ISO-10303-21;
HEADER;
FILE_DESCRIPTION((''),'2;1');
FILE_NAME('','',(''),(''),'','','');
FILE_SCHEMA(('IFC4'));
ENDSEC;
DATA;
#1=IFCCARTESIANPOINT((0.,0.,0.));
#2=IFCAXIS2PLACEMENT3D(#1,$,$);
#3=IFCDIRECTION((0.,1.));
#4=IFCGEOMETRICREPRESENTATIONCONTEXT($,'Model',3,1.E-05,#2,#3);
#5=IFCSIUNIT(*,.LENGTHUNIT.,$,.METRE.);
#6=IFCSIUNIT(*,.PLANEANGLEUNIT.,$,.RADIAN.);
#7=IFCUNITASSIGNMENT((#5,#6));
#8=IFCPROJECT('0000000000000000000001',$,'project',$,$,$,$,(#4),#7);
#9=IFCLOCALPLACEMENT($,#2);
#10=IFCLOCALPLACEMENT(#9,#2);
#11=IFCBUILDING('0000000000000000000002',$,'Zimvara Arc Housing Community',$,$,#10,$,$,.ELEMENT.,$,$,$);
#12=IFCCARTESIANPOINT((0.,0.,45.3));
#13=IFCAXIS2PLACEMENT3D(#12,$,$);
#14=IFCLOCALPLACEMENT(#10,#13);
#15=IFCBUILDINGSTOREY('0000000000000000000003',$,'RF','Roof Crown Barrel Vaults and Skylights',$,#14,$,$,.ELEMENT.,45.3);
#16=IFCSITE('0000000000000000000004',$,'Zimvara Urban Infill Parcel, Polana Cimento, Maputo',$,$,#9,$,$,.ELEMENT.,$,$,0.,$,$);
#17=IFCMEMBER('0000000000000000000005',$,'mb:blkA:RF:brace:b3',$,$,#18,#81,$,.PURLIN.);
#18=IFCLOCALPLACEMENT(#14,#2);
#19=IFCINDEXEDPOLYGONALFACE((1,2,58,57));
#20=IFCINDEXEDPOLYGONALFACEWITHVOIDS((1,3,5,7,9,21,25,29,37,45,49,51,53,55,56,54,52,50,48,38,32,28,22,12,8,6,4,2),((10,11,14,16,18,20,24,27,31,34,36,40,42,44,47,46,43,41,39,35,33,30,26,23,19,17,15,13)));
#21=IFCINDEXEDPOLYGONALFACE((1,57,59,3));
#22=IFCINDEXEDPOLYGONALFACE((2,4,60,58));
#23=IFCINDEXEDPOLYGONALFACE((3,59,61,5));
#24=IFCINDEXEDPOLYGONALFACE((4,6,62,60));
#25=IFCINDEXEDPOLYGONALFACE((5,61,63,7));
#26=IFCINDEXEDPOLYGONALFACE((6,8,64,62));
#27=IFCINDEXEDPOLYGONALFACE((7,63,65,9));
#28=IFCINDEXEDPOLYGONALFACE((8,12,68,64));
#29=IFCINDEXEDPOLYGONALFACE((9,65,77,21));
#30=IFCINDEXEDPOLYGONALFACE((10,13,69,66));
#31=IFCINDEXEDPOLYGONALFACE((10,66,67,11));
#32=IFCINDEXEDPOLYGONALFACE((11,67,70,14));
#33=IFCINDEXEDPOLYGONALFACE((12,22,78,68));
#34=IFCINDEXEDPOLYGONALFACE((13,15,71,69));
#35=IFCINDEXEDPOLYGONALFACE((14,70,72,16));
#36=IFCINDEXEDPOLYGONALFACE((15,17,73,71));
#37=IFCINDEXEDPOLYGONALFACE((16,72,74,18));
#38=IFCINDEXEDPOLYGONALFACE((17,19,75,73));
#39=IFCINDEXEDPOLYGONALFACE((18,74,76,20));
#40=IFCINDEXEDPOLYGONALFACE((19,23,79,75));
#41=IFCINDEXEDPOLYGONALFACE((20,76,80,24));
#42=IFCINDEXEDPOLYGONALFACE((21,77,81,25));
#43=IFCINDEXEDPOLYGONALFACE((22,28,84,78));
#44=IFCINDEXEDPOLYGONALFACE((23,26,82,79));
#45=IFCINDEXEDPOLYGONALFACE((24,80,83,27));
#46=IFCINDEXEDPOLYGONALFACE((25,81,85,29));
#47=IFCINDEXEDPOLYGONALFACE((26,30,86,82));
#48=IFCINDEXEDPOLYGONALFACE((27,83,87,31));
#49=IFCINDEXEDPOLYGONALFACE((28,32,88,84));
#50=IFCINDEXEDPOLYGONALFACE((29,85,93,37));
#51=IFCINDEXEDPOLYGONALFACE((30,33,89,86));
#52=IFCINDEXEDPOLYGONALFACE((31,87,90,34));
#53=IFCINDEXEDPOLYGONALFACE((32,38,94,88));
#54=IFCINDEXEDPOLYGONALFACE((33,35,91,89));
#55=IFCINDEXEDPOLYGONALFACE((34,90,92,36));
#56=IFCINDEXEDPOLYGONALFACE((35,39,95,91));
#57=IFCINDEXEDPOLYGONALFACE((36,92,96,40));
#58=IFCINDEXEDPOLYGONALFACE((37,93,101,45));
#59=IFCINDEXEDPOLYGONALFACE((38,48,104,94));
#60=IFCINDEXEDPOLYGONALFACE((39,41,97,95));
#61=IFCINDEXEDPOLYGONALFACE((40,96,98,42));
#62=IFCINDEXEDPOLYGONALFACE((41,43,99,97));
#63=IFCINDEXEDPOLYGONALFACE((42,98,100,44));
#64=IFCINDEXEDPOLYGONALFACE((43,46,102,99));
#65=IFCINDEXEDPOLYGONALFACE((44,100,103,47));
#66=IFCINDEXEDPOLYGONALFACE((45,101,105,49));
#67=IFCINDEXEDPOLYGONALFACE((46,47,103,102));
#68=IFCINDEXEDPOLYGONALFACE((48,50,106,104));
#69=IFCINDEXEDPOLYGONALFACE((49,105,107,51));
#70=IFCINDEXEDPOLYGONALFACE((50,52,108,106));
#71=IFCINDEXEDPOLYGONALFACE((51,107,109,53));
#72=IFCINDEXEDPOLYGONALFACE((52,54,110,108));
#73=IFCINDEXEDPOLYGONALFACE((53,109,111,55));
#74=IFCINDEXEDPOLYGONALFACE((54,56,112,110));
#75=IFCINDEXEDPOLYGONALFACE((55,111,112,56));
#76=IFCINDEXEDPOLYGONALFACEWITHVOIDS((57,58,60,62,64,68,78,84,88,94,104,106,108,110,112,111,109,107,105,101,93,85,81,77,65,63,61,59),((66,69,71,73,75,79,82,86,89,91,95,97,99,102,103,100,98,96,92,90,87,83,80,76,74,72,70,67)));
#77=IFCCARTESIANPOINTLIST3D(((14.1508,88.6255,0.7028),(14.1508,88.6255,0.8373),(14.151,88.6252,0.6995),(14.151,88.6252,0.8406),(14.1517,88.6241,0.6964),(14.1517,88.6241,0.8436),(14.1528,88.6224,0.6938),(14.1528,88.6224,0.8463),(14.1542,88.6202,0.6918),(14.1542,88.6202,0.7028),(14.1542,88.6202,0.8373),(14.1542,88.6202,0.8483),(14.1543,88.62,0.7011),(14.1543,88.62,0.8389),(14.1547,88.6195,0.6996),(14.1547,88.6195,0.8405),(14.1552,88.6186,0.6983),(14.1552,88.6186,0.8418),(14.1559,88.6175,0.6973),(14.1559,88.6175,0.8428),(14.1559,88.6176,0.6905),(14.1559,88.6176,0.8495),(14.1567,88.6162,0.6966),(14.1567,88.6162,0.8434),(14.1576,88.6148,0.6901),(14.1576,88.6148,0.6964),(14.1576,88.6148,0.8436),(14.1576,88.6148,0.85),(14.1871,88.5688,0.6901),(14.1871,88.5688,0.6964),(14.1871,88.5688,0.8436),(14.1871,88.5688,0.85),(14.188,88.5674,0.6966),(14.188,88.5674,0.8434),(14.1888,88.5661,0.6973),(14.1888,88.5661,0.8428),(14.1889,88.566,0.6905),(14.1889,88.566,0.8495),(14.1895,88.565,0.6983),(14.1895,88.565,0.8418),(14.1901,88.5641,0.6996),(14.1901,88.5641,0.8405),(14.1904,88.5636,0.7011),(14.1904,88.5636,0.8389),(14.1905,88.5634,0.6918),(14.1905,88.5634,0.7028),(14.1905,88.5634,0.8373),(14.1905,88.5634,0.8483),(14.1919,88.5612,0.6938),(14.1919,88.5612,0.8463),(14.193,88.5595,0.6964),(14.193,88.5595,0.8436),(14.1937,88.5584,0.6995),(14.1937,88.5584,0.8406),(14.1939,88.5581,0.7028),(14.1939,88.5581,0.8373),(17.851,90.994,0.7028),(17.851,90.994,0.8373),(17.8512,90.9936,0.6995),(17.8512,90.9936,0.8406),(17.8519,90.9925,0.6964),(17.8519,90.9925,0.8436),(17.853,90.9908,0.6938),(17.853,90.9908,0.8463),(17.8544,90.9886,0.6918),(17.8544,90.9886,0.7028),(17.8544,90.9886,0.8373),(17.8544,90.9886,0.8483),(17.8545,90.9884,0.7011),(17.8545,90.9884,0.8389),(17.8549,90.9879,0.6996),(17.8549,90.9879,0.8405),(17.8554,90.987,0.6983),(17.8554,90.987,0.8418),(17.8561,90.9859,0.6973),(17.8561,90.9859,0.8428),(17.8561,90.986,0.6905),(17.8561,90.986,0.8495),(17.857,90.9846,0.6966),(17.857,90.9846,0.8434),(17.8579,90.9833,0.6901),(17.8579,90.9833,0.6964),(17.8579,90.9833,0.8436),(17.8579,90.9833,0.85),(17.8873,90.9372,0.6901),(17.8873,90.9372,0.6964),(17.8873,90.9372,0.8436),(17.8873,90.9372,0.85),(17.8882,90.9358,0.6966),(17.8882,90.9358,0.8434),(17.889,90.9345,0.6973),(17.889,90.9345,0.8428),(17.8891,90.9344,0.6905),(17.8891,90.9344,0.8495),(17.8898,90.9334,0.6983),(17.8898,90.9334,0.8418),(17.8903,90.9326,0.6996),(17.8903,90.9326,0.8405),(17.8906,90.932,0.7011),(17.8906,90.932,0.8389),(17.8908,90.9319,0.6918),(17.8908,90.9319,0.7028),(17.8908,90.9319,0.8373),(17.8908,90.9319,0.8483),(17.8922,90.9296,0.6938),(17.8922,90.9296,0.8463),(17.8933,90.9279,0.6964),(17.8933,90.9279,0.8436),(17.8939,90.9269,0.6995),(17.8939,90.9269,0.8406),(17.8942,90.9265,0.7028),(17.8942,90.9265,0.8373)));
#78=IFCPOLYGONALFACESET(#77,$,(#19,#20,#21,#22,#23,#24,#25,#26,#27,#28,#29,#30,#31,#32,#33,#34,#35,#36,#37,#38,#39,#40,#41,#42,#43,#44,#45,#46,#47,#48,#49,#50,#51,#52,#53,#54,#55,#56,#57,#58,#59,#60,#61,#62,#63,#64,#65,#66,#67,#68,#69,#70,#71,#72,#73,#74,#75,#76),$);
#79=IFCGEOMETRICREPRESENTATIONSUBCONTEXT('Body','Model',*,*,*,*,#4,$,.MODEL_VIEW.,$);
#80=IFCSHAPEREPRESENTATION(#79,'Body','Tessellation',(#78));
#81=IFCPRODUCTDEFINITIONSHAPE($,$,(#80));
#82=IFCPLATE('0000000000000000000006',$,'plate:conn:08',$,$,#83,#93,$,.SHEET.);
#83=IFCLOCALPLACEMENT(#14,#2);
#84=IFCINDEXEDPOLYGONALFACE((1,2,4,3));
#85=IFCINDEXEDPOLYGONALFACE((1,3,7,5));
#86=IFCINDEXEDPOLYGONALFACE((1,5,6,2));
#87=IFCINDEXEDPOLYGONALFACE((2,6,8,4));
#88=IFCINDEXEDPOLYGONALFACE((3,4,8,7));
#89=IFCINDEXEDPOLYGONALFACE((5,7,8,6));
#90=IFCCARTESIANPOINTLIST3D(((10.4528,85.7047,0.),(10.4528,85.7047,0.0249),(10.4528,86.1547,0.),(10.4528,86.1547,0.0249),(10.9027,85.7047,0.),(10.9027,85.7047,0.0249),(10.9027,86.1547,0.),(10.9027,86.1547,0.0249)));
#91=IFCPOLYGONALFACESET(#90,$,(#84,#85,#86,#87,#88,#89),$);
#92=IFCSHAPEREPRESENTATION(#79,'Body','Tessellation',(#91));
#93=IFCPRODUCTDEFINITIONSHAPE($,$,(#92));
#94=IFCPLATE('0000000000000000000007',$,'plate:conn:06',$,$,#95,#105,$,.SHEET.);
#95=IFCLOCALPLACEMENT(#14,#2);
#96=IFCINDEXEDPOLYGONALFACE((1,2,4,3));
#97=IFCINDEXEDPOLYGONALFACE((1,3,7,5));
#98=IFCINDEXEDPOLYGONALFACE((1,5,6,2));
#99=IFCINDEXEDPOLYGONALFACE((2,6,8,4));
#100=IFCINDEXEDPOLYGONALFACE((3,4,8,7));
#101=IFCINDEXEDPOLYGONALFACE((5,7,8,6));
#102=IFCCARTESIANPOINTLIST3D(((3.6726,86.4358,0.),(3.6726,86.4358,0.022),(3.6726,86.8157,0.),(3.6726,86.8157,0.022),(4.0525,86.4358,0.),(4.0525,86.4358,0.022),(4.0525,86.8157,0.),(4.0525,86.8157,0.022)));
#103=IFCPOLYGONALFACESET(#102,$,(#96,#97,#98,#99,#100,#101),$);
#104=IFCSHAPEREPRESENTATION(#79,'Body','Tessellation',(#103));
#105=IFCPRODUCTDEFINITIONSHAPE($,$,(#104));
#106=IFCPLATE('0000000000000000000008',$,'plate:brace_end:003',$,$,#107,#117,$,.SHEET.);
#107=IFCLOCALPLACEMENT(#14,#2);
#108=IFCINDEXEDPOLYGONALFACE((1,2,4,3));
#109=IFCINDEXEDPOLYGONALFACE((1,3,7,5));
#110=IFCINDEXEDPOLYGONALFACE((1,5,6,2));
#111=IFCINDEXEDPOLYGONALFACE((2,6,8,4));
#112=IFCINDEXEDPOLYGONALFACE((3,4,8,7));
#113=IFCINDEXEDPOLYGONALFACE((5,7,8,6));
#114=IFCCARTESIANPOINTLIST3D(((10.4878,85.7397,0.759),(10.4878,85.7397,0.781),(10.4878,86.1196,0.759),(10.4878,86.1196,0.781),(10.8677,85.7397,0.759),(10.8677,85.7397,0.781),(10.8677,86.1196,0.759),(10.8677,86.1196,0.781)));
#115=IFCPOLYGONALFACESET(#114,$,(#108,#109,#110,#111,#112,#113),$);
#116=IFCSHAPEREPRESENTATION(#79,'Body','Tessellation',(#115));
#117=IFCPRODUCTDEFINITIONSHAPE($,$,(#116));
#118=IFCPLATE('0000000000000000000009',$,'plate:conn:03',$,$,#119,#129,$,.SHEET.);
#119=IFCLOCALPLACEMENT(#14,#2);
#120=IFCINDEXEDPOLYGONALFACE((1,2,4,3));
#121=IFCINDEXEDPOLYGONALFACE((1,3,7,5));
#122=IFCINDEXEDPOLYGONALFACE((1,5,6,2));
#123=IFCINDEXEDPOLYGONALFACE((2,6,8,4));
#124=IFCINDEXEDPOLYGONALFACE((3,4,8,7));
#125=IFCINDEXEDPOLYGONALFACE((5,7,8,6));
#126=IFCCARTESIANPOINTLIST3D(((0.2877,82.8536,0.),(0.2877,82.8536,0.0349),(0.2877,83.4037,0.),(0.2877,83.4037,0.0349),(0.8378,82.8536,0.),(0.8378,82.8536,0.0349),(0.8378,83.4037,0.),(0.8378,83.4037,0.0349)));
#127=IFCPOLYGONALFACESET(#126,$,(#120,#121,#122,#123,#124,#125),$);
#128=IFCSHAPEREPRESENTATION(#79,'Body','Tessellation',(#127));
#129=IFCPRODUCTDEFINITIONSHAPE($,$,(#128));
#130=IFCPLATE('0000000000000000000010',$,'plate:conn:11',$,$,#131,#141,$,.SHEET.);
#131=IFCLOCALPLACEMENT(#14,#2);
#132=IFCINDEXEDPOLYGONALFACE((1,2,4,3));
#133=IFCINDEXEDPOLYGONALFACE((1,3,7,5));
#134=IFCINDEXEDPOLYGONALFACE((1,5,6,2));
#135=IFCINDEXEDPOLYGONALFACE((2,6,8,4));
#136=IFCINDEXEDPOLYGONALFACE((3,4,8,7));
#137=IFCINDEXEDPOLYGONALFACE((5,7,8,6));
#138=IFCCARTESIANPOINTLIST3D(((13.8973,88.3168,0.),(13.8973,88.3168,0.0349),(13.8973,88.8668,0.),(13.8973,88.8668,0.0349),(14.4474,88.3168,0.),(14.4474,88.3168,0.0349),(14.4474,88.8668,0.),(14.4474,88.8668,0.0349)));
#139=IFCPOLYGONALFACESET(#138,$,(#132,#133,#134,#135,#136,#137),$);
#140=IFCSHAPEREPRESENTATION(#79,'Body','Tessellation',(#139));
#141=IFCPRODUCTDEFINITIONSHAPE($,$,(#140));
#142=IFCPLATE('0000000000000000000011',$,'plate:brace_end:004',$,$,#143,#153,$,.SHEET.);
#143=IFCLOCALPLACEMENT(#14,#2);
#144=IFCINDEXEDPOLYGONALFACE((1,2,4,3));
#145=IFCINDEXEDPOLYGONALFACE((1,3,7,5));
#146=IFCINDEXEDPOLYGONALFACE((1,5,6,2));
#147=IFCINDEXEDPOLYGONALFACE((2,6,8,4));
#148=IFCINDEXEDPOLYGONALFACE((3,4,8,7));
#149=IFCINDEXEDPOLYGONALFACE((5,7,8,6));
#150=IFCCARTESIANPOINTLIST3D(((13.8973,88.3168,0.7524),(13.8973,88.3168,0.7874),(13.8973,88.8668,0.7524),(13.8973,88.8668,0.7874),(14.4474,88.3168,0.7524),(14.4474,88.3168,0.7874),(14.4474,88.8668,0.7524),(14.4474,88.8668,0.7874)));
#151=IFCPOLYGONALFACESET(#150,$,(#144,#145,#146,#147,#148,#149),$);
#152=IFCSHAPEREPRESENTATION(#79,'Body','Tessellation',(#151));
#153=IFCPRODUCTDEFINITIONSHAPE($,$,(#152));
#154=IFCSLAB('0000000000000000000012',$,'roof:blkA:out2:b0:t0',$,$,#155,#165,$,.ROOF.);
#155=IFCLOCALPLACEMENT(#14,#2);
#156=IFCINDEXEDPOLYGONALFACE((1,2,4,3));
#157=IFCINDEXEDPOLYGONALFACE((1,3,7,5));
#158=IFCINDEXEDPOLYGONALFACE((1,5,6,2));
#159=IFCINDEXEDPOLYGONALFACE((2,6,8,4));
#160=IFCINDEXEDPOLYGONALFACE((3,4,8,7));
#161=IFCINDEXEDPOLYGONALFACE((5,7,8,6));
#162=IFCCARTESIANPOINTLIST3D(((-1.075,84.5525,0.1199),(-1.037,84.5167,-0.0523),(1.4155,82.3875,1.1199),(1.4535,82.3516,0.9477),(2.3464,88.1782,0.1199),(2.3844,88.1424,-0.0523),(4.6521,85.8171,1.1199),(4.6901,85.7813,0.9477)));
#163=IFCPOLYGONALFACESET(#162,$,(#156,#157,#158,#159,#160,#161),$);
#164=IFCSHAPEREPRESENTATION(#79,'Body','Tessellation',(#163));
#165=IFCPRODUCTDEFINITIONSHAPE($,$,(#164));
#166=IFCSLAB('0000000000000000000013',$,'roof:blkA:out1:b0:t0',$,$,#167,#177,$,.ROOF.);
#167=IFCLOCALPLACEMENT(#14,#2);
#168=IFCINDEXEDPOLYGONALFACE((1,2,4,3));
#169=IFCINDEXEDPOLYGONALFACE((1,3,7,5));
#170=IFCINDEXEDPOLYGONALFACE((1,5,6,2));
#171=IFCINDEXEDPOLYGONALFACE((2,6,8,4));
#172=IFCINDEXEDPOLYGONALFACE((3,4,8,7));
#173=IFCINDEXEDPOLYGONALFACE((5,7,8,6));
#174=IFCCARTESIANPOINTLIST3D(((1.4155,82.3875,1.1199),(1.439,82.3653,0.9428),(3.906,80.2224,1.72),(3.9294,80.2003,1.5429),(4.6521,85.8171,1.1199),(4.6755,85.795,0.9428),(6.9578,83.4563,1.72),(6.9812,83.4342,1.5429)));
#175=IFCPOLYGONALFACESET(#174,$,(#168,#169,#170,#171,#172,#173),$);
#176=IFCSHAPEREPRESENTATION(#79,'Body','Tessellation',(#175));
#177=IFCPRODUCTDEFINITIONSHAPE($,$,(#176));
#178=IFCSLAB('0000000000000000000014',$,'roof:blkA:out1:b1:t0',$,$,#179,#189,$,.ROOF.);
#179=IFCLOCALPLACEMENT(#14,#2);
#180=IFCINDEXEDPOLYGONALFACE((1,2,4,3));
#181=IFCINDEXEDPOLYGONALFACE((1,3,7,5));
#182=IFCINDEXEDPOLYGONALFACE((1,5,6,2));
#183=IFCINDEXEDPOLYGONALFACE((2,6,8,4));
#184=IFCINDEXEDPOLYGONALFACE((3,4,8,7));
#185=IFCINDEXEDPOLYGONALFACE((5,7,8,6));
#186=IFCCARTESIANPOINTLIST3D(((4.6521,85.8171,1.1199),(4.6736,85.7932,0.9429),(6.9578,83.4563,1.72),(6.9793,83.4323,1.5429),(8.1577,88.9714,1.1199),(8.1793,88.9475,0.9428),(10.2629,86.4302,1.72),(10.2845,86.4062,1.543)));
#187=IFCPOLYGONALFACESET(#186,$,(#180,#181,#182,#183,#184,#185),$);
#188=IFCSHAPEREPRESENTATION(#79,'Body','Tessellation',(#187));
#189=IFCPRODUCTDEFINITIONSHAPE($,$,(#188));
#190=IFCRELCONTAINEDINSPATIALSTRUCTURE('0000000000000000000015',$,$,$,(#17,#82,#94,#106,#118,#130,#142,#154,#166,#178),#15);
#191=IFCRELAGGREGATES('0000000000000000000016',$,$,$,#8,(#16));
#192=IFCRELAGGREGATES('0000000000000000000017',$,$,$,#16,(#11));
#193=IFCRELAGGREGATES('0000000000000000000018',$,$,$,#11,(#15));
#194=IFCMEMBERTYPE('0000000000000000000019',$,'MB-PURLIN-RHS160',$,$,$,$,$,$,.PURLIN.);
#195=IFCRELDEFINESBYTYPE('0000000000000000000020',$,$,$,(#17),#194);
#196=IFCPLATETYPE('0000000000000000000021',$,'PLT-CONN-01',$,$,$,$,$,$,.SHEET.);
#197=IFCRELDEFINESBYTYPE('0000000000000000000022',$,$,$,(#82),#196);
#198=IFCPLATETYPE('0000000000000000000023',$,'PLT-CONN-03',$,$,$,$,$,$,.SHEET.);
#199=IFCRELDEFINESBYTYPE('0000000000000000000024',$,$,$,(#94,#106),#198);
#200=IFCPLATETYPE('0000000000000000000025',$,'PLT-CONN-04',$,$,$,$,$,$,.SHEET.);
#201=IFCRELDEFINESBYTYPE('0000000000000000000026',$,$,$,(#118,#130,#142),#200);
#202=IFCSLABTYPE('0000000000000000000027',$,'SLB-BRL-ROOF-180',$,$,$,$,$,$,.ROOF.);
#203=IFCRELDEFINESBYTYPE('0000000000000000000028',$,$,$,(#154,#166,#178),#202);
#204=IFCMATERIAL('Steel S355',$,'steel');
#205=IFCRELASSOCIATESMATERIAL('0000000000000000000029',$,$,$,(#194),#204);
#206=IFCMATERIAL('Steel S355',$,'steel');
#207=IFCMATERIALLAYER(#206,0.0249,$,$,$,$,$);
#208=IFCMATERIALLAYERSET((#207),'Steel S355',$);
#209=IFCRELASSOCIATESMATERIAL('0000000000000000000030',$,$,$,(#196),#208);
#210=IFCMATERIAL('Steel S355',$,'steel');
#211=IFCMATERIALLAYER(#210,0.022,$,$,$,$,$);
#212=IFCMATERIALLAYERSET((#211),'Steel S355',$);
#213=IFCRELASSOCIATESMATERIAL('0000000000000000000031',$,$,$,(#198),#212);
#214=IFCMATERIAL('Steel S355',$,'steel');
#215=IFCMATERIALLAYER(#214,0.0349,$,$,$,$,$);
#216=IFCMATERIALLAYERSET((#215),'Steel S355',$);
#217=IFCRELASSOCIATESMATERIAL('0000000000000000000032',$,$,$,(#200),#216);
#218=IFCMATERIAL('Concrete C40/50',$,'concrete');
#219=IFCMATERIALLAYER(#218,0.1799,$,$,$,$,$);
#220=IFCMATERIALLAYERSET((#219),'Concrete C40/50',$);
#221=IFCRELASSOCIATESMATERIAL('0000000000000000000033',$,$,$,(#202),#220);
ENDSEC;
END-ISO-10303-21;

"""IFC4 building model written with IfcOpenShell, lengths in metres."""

from ifc_helpers import new_model, si_unit, direction, frame, origin, origin_2d, place, context, subcontext, project, spatial, polyline, rectangle, hollow_rectangle, outline, extrude, material, layer, layer_set, material_profile, profile_set, type_object, element, save


model = new_model("IFC4")

# Units and contexts
model_context = context("Model", 3, precision=1e-05, world=origin(), true_north=direction((0.0, 1.0)))
body_context = subcontext(model_context, "Body", "Model", "MODEL_VIEW")
ifc_project = project(units=[si_unit("LENGTHUNIT", "METRE"), si_unit("PLANEANGLEUNIT", "RADIAN")], contexts=[model_context])

# Site, building, storey
site_placement = place(None, origin())
site = spatial("IfcSite", under=ifc_project, at=site_placement, Name="Zimvara Urban Infill Parcel, Polana Cimento, Maputo", CompositionType="ELEMENT", RefElevation=0.0)
building_placement = place(site_placement, origin())
building = spatial("IfcBuilding", under=site, at=building_placement, Name="Zimvara Arc Housing Community", CompositionType="ELEMENT")
storey_placement = place(building_placement, frame((0.0, 0.0, 45.3)))
storey = spatial("IfcBuildingStorey", under=building, at=storey_placement, Name="RF", Description="Roof Crown Barrel Vaults and Skylights", CompositionType="ELEMENT", Elevation=45.3)

# Member
ifc_material_1 = material(Name="Steel S355", Category="steel")
ifc_material_profile_1 = material_profile(ifc_material_1, hollow_rectangle(XDim=0.0801, YDim=0.1599, WallThickness=0.0063, InnerFilletRadius=0.0063, OuterFilletRadius=0.0127, at=origin_2d()), Name="RHS 160x80x6.3")
ifc_profile_set_1 = profile_set([ifc_material_profile_1], Name="Steel S355")
member_type_1 = type_object("IfcMemberType", Name="MB-PURLIN-RHS160", PredefinedType="PURLIN", material=ifc_profile_set_1)
member_1_placement = place(storey_placement, frame((14.1724, 88.5918, 0.77), z_axis=(0.842242, 0.539099, 0.0), x_axis=(-0.539099, 0.842242, 0.0)))
element("IfcMember", 1, at=member_1_placement, inside=storey, type_object=member_type_1, Name="mb:blkA:RF:brace:b3", PredefinedType="PURLIN", context=body_context, shape_type="SweptSolid", body=[
    extrude(hollow_rectangle(XDim=0.0801, YDim=0.1599, WallThickness=0.0063, InnerFilletRadius=0.0063, OuterFilletRadius=0.0127, at=origin_2d()), origin(), (0.0, 0.0, 1.0), 4.3933),
])

# Plates
ifc_material_2 = material(Name="Steel S355", Category="steel")
ifc_layer_1 = layer(ifc_material_2, 0.0249)
ifc_layer_set_1 = layer_set([ifc_layer_1], Name="Steel S355")
plate_type_1 = type_object("IfcPlateType", Name="PLT-CONN-01", PredefinedType="SHEET", material=ifc_layer_set_1)
plate_placement = place(storey_placement, frame((10.6777, 85.9297, 0.0), z_axis=(0.0, 0.0, 1.0), x_axis=(1.0, 0.0, 0.0)))
element("IfcPlate", 2, at=plate_placement, inside=storey, type_object=plate_type_1, Name="plate:conn:08", PredefinedType="SHEET", context=body_context, shape_type="SweptSolid", body=[
    extrude(rectangle(XDim=0.45, YDim=0.45, at=origin_2d()), origin(), (0.0, 0.0, 1.0), 0.0249),
])
ifc_material_3 = material(Name="Steel S355", Category="steel")
ifc_layer_2 = layer(ifc_material_3, 0.022)
ifc_layer_set_2 = layer_set([ifc_layer_2], Name="Steel S355")
plate_type_2 = type_object("IfcPlateType", Name="PLT-CONN-03", PredefinedType="SHEET", material=ifc_layer_set_2)
for number, where, z_axis, x_axis, name in (
    (3, (3.8625, 86.6257, 0.0), (0.0, 0.0, 1.0), (1.0, 0.0, 0.0), "plate:conn:06"),
    (4, (10.6777, 85.9297, 0.759), (0.0, 0.0, 1.0), (1.0, 0.0, 0.0), "plate:brace_end:003"),
):
    element("IfcPlate", number, at=place(storey_placement, frame(where, z_axis=z_axis, x_axis=x_axis)), inside=storey, type_object=plate_type_2, Name=name, PredefinedType="SHEET", context=body_context, shape_type="SweptSolid", body=[
        extrude(rectangle(XDim=0.3799, YDim=0.3799, at=origin_2d()), origin(), (0.0, 0.0, 1.0), 0.022),
    ])
ifc_material_4 = material(Name="Steel S355", Category="steel")
ifc_layer_3 = layer(ifc_material_4, 0.0349)
ifc_layer_set_3 = layer_set([ifc_layer_3], Name="Steel S355")
plate_type_3 = type_object("IfcPlateType", Name="PLT-CONN-04", PredefinedType="SHEET", material=ifc_layer_set_3)
for number, where, z_axis, x_axis, name in (
    (5, (0.5627, 83.1287, 0.0), (0.0, 0.0, 1.0), (1.0, 0.0, 0.0), "plate:conn:03"),
    (6, (14.1724, 88.5918, 0.0), (0.0, 0.0, 1.0), (1.0, 0.0, 0.0), "plate:conn:11"),
    (7, (14.1724, 88.5918, 0.7524), (0.0, 0.0, 1.0), (1.0, 0.0, 0.0), "plate:brace_end:004"),
):
    element("IfcPlate", number, at=place(storey_placement, frame(where, z_axis=z_axis, x_axis=x_axis)), inside=storey, type_object=plate_type_3, Name=name, PredefinedType="SHEET", context=body_context, shape_type="SweptSolid", body=[
        extrude(rectangle(XDim=0.55, YDim=0.55, at=origin_2d()), origin(), (0.0, 0.0, 1.0), 0.0349),
    ])

# Slabs
ifc_material_5 = material(Name="Concrete C40/50", Category="concrete")
ifc_layer_4 = layer(ifc_material_5, 0.1799)
ifc_layer_set_4 = layer_set([ifc_layer_4], Name="Concrete C40/50")
slab_type = type_object("IfcSlabType", Name="SLB-BRL-ROOF-180", PredefinedType="ROOF", material=ifc_layer_set_4)
slab_1_placement = place(storey_placement, frame((2.3464, 88.1782, 0.1199), z_axis=(-0.211079, 0.199188, 0.956958), x_axis=(-0.686315, -0.727304, 0.000004)))
element("IfcSlab", 8, at=slab_1_placement, inside=storey, type_object=slab_type, Name="roof:blkA:out2:b0:t0", PredefinedType="ROOF", context=body_context, shape_type="SweptSolid", body=[
    extrude(outline(polyline([(0.0, 0.0), (4.9852, 0.0), (4.8506, 3.4455), (0.1348, 3.4457), (0.0, 0.0)])), origin(), (0.0, 0.0, -1.0), 0.1799),
])
slab_2_placement = place(storey_placement, frame((4.6521, 85.8171, 1.1199), z_axis=(-0.130228, 0.122895, 0.983838), x_axis=(-0.686335, -0.727286, -0.000001)))
element("IfcSlab", 9, at=slab_2_placement, inside=storey, type_object=slab_type, Name="roof:blkA:out1:b0:t0", PredefinedType="ROOF", context=body_context, shape_type="SweptSolid", body=[
    extrude(outline(polyline([(0.0, 0.0), (4.7157, 0.0), (4.581, 3.3514), (0.1345, 3.3514), (0.0, 0.0)])), origin(), (0.0, 0.0, -1.0), 0.1799),
])
slab_3_placement = place(storey_placement, frame((8.1577, 88.9714, 1.1199), z_axis=(-0.119768, 0.133109, 0.983838), x_axis=(-0.743374, -0.668876, 0.000001)))
element("IfcSlab", 10, at=slab_3_placement, inside=storey, type_object=slab_type, Name="roof:blkA:out1:b1:t0", PredefinedType="ROOF", context=body_context, shape_type="SweptSolid", body=[
    extrude(outline(polyline([(0.0, 0.0), (4.7158, 0.0), (4.581, 3.3514), (0.1348, 3.3514), (0.0, 0.0)])), origin(), (0.0, 0.0, -1.0), 0.1799),
])

save(model, "model.ifc")
